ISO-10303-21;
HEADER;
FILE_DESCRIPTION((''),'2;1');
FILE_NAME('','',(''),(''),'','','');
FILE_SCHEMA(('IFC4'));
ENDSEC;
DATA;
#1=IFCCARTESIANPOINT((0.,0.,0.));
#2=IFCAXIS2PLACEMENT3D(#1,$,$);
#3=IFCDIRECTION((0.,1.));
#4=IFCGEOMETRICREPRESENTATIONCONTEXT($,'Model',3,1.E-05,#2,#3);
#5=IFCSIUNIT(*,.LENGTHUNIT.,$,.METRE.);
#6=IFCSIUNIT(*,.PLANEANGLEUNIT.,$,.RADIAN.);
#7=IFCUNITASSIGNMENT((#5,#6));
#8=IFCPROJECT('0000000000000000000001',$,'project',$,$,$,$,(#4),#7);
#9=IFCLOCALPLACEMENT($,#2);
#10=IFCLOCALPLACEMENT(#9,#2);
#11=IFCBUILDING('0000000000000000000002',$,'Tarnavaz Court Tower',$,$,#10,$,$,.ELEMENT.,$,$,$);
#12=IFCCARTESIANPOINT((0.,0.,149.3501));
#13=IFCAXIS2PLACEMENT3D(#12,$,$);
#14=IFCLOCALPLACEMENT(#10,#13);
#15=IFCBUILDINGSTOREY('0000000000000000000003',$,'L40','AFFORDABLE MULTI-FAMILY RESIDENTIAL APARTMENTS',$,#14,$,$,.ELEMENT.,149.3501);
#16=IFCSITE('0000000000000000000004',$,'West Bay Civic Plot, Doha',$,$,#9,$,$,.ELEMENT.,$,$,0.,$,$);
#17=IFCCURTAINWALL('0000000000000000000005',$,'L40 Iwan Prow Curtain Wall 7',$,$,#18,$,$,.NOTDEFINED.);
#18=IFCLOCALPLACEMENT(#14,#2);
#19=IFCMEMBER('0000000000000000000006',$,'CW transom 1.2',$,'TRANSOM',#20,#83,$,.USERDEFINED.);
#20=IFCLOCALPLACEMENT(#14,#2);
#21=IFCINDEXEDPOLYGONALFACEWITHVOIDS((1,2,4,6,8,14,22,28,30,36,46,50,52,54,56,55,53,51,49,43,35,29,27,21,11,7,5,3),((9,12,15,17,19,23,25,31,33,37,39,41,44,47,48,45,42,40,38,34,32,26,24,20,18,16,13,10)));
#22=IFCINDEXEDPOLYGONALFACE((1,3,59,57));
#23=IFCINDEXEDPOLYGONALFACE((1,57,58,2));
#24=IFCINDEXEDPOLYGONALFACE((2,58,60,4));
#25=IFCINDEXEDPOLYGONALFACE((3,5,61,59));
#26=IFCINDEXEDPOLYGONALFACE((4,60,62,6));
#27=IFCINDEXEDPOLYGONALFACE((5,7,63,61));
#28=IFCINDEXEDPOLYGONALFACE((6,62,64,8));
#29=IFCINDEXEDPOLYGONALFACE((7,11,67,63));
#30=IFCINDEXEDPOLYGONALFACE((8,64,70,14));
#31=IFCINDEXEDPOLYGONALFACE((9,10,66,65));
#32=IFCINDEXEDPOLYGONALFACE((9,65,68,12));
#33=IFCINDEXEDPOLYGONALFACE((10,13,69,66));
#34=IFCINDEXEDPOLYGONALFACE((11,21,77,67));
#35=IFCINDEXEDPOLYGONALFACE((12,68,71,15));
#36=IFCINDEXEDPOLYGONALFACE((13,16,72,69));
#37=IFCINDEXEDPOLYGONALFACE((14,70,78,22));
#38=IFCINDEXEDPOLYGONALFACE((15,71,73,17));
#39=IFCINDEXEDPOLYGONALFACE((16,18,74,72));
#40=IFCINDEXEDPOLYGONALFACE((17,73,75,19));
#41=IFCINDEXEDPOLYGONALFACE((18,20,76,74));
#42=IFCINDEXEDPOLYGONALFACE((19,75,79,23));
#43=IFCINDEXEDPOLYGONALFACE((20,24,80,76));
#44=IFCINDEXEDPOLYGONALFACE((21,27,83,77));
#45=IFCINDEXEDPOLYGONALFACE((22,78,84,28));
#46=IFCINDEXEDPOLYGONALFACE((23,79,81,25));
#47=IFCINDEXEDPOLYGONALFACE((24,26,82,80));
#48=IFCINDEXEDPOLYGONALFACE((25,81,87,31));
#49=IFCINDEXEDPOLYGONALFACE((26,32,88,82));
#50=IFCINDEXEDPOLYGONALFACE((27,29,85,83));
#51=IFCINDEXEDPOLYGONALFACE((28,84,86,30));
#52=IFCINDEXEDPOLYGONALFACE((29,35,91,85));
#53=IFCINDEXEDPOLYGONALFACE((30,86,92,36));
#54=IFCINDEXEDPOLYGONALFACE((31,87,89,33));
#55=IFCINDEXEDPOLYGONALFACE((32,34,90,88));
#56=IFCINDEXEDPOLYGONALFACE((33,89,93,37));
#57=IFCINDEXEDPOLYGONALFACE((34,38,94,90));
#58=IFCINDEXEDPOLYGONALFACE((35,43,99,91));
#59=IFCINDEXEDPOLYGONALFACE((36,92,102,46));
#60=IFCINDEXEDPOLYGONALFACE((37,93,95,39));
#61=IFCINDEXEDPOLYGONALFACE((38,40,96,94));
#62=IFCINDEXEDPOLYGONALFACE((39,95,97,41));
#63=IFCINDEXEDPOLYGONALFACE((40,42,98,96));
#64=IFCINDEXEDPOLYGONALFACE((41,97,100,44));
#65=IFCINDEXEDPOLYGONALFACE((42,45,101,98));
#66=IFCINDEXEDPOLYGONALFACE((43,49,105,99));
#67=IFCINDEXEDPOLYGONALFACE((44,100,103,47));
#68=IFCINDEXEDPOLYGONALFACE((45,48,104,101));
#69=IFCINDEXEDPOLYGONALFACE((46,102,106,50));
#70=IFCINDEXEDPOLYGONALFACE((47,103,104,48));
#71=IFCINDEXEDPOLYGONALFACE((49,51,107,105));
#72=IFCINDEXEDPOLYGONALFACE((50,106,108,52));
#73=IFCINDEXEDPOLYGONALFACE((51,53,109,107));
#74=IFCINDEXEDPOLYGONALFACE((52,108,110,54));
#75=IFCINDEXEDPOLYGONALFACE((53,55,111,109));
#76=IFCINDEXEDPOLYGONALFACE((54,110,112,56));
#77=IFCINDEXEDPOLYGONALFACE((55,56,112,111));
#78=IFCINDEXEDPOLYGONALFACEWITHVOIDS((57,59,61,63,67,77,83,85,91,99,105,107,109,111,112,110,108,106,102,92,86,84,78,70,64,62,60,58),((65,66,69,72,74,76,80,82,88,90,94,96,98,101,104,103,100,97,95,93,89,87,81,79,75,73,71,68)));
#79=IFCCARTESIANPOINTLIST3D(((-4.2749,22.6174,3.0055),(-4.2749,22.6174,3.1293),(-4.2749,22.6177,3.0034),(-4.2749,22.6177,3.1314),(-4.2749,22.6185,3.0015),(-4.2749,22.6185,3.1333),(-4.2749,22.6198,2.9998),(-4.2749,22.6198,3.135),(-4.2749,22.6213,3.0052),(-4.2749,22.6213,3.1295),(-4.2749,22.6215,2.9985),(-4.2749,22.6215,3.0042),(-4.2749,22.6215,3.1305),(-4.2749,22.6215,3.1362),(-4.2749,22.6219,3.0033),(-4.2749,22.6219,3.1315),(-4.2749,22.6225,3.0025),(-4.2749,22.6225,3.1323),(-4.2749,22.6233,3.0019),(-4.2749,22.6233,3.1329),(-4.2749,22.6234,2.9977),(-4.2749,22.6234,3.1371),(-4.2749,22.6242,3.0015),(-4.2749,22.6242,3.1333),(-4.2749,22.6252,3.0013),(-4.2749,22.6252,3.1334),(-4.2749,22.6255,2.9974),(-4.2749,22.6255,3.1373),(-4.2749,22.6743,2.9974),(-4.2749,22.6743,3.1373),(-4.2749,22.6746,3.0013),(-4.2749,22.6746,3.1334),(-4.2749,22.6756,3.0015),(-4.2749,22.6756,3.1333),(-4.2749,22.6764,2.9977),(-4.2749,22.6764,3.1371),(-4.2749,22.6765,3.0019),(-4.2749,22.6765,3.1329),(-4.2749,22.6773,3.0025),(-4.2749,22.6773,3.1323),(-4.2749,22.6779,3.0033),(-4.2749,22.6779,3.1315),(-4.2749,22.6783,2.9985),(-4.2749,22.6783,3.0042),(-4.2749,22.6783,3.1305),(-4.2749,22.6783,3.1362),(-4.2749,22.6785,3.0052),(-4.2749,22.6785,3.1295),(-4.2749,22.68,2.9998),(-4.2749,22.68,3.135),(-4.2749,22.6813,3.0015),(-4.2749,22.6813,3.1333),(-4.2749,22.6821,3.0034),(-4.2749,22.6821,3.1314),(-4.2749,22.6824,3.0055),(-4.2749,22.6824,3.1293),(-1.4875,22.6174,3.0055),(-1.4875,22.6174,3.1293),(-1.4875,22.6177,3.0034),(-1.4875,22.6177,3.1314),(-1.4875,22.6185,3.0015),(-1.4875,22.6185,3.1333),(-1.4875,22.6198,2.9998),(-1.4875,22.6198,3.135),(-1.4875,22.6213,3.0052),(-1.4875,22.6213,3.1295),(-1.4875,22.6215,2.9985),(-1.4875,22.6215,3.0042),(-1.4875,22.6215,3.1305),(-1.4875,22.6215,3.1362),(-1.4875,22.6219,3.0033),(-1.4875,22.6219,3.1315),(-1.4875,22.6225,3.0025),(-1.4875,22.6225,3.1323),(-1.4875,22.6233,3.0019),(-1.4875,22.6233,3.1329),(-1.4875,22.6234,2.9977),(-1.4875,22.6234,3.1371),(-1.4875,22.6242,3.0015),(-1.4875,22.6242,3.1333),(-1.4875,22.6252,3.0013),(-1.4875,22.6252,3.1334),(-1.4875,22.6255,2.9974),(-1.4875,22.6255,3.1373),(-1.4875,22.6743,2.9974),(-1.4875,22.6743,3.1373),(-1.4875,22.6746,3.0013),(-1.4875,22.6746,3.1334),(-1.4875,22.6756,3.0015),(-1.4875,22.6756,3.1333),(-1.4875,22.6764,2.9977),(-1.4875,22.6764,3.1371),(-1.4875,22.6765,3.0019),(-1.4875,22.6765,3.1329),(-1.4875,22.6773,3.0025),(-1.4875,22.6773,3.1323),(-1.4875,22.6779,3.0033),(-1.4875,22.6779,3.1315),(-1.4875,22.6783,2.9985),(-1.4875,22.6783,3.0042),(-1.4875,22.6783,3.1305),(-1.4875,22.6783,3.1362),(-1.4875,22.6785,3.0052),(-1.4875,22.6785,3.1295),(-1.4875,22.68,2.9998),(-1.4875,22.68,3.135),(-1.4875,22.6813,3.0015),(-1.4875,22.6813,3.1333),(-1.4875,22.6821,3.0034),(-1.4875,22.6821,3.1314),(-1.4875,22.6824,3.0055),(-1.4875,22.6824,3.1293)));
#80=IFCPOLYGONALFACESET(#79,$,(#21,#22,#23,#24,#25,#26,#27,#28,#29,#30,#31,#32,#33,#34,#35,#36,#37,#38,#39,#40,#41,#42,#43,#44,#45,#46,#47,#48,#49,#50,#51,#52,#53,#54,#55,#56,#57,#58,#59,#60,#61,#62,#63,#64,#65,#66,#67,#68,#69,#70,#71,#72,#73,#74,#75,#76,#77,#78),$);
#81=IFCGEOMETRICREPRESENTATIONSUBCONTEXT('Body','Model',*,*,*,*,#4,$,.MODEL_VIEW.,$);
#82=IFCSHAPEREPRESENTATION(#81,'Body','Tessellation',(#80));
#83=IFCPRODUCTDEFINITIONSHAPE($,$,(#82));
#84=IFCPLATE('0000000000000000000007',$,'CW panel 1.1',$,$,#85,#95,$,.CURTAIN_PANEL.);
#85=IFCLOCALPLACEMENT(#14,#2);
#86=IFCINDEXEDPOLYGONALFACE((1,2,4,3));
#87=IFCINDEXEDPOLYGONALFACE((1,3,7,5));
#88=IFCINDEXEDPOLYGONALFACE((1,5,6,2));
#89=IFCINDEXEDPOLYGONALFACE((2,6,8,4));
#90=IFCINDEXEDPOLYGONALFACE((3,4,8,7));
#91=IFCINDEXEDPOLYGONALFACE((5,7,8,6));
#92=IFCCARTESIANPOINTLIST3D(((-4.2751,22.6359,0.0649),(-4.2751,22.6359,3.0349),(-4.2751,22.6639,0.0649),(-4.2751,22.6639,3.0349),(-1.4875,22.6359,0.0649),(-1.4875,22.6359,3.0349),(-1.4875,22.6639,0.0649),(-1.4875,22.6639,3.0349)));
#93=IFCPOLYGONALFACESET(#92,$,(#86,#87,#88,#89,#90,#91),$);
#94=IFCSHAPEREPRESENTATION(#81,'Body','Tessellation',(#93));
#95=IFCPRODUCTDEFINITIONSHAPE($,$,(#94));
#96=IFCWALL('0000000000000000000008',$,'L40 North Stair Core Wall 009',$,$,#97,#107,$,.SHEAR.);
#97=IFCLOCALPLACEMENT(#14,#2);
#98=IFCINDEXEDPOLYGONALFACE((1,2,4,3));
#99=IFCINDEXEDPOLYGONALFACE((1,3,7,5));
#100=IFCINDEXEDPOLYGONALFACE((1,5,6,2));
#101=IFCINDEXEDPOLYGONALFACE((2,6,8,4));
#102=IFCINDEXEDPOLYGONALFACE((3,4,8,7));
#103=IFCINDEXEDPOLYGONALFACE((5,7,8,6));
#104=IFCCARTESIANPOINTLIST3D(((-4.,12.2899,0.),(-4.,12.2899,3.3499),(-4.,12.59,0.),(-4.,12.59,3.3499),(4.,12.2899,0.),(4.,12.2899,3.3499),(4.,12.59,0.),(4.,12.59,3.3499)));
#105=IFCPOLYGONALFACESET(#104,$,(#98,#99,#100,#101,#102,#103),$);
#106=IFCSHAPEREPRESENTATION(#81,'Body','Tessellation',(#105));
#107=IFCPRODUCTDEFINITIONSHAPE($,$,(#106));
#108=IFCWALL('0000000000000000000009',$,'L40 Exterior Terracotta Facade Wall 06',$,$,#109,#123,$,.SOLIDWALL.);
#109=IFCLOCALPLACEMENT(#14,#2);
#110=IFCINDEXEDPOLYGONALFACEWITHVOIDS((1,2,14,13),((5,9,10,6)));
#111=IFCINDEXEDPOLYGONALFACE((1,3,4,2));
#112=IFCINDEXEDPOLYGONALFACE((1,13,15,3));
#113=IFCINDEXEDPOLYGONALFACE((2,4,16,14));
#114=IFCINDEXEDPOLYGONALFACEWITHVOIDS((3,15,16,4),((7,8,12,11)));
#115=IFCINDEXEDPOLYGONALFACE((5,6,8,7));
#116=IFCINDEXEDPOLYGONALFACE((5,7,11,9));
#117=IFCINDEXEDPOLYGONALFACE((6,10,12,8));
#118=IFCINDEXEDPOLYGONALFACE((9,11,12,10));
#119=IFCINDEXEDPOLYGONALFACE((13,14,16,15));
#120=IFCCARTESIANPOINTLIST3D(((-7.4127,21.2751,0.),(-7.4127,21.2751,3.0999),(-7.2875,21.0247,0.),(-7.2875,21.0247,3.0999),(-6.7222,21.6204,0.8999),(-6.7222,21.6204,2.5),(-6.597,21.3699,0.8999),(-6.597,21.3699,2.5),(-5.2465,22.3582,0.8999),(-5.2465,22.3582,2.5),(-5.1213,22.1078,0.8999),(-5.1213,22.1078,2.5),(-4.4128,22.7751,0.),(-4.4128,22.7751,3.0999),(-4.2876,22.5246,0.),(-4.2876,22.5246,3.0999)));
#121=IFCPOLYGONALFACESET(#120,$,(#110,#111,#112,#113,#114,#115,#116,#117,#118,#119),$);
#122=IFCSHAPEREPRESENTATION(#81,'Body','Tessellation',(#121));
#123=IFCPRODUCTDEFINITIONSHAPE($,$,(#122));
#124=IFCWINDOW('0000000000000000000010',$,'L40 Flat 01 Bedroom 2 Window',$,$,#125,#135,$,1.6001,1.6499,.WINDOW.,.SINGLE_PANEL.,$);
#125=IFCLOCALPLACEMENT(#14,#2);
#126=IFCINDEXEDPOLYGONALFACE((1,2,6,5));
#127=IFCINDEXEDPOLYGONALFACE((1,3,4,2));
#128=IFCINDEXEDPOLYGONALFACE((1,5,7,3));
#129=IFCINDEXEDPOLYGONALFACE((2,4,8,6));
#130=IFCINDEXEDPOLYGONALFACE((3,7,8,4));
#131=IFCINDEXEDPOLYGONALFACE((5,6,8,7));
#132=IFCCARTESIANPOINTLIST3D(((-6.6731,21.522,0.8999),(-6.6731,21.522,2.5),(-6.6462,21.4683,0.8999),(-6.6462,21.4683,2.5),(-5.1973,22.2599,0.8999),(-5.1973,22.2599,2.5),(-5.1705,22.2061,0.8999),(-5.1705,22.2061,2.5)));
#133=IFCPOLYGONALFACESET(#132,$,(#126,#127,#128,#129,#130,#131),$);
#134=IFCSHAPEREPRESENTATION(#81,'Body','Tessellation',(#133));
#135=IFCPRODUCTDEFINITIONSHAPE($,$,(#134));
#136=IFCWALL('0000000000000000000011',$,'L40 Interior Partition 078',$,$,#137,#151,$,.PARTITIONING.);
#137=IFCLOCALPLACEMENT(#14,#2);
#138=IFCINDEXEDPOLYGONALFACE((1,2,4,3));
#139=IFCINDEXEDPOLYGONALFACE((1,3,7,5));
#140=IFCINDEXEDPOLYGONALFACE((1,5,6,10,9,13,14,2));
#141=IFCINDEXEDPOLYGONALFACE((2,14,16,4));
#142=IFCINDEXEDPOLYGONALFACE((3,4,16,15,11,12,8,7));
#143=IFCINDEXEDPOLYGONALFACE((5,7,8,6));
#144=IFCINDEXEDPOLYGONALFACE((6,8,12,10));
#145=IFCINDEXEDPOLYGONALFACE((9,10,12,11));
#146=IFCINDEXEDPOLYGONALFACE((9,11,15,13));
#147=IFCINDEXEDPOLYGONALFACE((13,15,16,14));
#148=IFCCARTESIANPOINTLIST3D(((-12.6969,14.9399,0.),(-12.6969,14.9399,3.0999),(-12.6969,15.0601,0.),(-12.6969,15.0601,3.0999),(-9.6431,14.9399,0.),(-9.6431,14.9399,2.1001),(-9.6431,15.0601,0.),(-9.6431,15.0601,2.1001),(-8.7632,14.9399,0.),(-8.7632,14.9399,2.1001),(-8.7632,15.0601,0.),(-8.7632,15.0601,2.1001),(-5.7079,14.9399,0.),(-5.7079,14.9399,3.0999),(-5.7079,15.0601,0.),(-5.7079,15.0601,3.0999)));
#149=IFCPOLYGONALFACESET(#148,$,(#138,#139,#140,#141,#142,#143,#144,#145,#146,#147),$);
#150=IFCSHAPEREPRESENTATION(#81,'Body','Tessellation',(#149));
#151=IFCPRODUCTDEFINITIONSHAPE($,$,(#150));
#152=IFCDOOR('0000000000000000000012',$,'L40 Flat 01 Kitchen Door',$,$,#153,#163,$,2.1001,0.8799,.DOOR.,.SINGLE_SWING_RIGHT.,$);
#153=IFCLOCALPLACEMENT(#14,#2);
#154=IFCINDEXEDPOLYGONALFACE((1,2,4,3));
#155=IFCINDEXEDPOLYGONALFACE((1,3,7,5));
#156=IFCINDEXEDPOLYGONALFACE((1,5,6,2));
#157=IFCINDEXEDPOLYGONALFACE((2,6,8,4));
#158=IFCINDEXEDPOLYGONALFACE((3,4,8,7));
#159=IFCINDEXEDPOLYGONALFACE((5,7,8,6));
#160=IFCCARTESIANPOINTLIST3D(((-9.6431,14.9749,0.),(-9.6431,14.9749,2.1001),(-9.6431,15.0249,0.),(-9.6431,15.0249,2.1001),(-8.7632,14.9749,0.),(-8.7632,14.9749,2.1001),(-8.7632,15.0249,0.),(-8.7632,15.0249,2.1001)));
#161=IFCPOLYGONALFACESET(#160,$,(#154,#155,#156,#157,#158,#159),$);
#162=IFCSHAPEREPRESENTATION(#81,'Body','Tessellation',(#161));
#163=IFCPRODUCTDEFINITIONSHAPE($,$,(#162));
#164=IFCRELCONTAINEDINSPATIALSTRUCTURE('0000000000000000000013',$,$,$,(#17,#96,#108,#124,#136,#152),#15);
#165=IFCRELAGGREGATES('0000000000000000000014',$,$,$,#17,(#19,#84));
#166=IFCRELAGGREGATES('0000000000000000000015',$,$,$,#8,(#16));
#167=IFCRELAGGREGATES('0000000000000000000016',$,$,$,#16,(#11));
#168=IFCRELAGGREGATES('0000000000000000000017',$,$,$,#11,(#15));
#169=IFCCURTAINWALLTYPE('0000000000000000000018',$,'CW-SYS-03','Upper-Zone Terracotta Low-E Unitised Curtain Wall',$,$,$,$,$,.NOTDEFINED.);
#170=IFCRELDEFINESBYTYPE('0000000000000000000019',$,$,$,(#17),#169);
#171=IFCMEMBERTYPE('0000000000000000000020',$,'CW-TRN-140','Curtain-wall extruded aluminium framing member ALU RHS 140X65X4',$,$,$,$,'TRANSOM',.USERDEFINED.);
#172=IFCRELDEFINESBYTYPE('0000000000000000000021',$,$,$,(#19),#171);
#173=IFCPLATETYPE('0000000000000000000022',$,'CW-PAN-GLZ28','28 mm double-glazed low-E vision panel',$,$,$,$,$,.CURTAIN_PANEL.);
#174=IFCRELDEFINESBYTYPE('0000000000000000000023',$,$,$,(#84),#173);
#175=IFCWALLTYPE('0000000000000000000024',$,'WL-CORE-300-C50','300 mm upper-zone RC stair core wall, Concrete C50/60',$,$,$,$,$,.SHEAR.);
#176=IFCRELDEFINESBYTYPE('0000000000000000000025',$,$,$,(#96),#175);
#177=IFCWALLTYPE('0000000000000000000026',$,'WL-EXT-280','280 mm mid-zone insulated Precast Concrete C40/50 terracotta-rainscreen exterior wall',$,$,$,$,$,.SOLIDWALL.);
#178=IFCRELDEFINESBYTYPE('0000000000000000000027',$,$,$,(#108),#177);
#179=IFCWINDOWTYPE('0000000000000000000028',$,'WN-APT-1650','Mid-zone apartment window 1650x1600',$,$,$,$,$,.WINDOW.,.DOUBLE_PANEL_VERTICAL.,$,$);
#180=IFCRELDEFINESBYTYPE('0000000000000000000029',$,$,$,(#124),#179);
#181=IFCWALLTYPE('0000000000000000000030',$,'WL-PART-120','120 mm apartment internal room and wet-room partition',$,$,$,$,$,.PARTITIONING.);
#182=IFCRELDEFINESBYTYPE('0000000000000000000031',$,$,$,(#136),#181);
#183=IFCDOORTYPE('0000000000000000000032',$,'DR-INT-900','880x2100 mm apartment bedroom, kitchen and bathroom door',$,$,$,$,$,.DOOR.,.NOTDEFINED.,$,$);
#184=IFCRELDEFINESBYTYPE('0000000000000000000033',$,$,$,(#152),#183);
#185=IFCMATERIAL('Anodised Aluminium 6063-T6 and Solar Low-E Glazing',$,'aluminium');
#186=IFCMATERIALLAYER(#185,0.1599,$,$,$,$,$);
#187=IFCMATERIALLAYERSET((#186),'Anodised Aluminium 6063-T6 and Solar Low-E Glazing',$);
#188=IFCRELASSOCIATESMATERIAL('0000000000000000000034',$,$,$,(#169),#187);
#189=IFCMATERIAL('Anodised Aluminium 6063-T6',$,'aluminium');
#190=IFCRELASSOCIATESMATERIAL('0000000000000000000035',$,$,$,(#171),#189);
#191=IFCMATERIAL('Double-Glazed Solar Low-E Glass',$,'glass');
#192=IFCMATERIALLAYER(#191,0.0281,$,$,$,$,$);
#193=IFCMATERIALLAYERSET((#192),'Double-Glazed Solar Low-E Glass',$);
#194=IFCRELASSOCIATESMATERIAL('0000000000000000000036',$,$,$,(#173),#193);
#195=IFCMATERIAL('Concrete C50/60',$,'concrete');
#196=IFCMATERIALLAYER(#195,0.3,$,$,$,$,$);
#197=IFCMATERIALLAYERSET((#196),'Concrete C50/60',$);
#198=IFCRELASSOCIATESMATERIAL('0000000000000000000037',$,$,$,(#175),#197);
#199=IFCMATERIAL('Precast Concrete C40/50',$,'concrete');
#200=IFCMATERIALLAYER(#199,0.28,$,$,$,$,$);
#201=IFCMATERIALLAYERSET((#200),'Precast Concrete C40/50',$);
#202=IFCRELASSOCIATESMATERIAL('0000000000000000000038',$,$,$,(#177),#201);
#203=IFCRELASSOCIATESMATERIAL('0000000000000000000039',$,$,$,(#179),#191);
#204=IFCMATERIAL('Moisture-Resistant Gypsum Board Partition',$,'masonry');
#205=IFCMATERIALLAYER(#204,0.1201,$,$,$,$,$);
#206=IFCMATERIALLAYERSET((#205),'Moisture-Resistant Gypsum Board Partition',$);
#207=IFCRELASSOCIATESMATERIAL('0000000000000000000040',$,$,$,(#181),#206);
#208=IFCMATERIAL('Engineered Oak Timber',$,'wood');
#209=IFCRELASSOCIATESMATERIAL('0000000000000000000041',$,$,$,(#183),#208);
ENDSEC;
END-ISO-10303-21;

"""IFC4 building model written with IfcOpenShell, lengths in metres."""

from ifc_helpers import new_model, si_unit, direction, frame, frame_2d, origin, origin_2d, place, context, subcontext, project, spatial, rectangle, hollow_rectangle, extrude, material, layer, layer_set, material_profile, profile_set, type_object, element, fill, aggregate, save


model = new_model("IFC4")

# Units and contexts
model_context = context("Model", 3, precision=1e-05, world=origin(), true_north=direction((0.0, 1.0)))
body_context = subcontext(model_context, "Body", "Model", "MODEL_VIEW")
ifc_project = project(units=[si_unit("LENGTHUNIT", "METRE"), si_unit("PLANEANGLEUNIT", "RADIAN")], contexts=[model_context])

# Site, building, storey
site_placement = place(None, origin())
site = spatial("IfcSite", under=ifc_project, at=site_placement, Name="West Bay Civic Plot, Doha", CompositionType="ELEMENT", RefElevation=0.0)
building_placement = place(site_placement, origin())
building = spatial("IfcBuilding", under=site, at=building_placement, Name="Tarnavaz Court Tower", CompositionType="ELEMENT")
storey_placement = place(building_placement, frame((0.0, 0.0, 149.3501)))
storey = spatial("IfcBuildingStorey", under=building, at=storey_placement, Name="L40", Description="AFFORDABLE MULTI-FAMILY RESIDENTIAL APARTMENTS", CompositionType="ELEMENT", Elevation=149.3501)

# Shared definitions
ifc_material_1 = material(Name="Concrete C50/60", Category="concrete")

# Curtain wall, member, plate
ifc_material_2 = material(Name="Anodised Aluminium 6063-T6 and Solar Low-E Glazing", Category="aluminium")
ifc_layer_1 = layer(ifc_material_2, 0.1599)
ifc_layer_set_1 = layer_set([ifc_layer_1], Name="Anodised Aluminium 6063-T6 and Solar Low-E Glazing")
curtain_wall_type = type_object("IfcCurtainWallType", Name="CW-SYS-03", Description="Upper-Zone Terracotta Low-E Unitised Curtain Wall", PredefinedType="NOTDEFINED", material=ifc_layer_set_1)
curtain_wall_placement = place(storey_placement, origin())
curtain_wall = element("IfcCurtainWall", 1, at=curtain_wall_placement, inside=storey, type_object=curtain_wall_type, Name="L40 Iwan Prow Curtain Wall 7", PredefinedType="NOTDEFINED")
ifc_material_3 = material(Name="Anodised Aluminium 6063-T6", Category="aluminium")
ifc_material_profile_1 = material_profile(ifc_material_3, hollow_rectangle(XDim=0.0649, YDim=0.1399, WallThickness=0.0039, InnerFilletRadius=0.0039, OuterFilletRadius=0.0081, at=origin_2d()), Name="ALU RHS 140X65X4")
ifc_profile_set_1 = profile_set([ifc_material_profile_1], Name="Anodised Aluminium 6063-T6")
member_type_1 = type_object("IfcMemberType", Name="CW-TRN-140", Description="Curtain-wall extruded aluminium framing member ALU RHS 140X65X4", ElementType="TRANSOM", PredefinedType="USERDEFINED", material=ifc_profile_set_1)
member_1_placement = place(storey_placement, frame((-4.2749, 22.6499, 3.0674), z_axis=(1.0, 0.0, 0.0), x_axis=(0.0, 1.0, 0.0)))
member_1 = element("IfcMember", 2, at=member_1_placement, type_object=member_type_1, Name="CW transom 1.2", ObjectType="TRANSOM", PredefinedType="USERDEFINED", context=body_context, shape_type="SweptSolid", body=[
    extrude(hollow_rectangle(XDim=0.0649, YDim=0.1399, WallThickness=0.0039, InnerFilletRadius=0.0039, OuterFilletRadius=0.0081, at=origin_2d()), origin(), (0.0, 0.0, 1.0), 2.7874),
])
ifc_material_4 = material(Name="Double-Glazed Solar Low-E Glass", Category="glass")
ifc_layer_2 = layer(ifc_material_4, 0.0281)
ifc_layer_set_2 = layer_set([ifc_layer_2], Name="Double-Glazed Solar Low-E Glass")
plate_type = type_object("IfcPlateType", Name="CW-PAN-GLZ28", Description="28 mm double-glazed low-E vision panel", PredefinedType="CURTAIN_PANEL", material=ifc_layer_set_2)
plate_placement = place(storey_placement, frame((-2.8813, 22.6499, 0.0649), z_axis=(0.0, 0.0, 1.0), x_axis=(1.0, 0.0, 0.0)))
plate = element("IfcPlate", 3, at=plate_placement, type_object=plate_type, Name="CW panel 1.1", PredefinedType="CURTAIN_PANEL", context=body_context, shape_type="SweptSolid", body=[
    extrude(rectangle(XDim=2.7876, YDim=0.0281, at=origin_2d()), origin(), (0.0, 0.0, 1.0), 2.97),
])
aggregate(curtain_wall, [member_1, plate])

# Wall
ifc_layer_3 = layer(ifc_material_1, 0.3)
ifc_layer_set_3 = layer_set([ifc_layer_3], Name="Concrete C50/60")
wall_type_1 = type_object("IfcWallType", Name="WL-CORE-300-C50", Description="300 mm upper-zone RC stair core wall, Concrete C50/60", PredefinedType="SHEAR", material=ifc_layer_set_3)
wall_1_placement = place(storey_placement, frame((-4.0, 12.4399, 0.0), z_axis=(0.0, 0.0, 1.0), x_axis=(1.0, 0.0, 0.0)))
element("IfcWall", 4, at=wall_1_placement, inside=storey, type_object=wall_type_1, Name="L40 North Stair Core Wall 009", PredefinedType="SHEAR", context=body_context, shape_type="SweptSolid", body=[
    extrude(rectangle(XDim=8.0, YDim=0.3, at=frame_2d((4.0, 0.0))), origin(), (0.0, 0.0, 1.0), 3.3499),
])

# Wall, opening, window
ifc_material_5 = material(Name="Precast Concrete C40/50", Category="concrete")
ifc_layer_4 = layer(ifc_material_5, 0.28)
ifc_layer_set_4 = layer_set([ifc_layer_4], Name="Precast Concrete C40/50")
wall_type_2 = type_object("IfcWallType", Name="WL-EXT-280", Description="280 mm mid-zone insulated Precast Concrete C40/50 terracotta-rainscreen exterior wall", PredefinedType="SOLIDWALL", material=ifc_layer_set_4)
wall_2_placement = place(storey_placement, frame((-7.3501, 21.1499, 0.0), z_axis=(0.0, 0.0, 1.0), x_axis=(0.894427, 0.447214, 0.0)))
wall_2 = element("IfcWall", 5, at=wall_2_placement, inside=storey, type_object=wall_type_2, Name="L40 Exterior Terracotta Facade Wall 06", PredefinedType="SOLIDWALL", context=body_context, shape_type="SweptSolid", body=[
    extrude(rectangle(XDim=3.354, YDim=0.28, at=frame_2d((1.677, 0.0))), origin(), (0.0, 0.0, 1.0), 3.0999),
])
opening_1_placement = place(wall_2_placement, frame((0.772, 0.0, 0.8999)))
opening_1 = element("IfcOpeningElement", 6, at=opening_1_placement, cuts=wall_2, PredefinedType="OPENING", context=body_context, shape_type="SweptSolid", body=[
    extrude(rectangle(XDim=1.6499, YDim=1.6001, at=frame_2d((0.825, 0.8))), frame((0.0, 0.1499, 0.0), z_axis=(0.0, -1.0, 0.0), x_axis=(1.0, 0.0, 0.0)), (0.0, 0.0, 1.0), 0.3),
])
window_type = type_object("IfcWindowType", Name="WN-APT-1650", Description="Mid-zone apartment window 1650x1600", PartitioningType="DOUBLE_PANEL_VERTICAL", PredefinedType="WINDOW", material=ifc_material_4)
window_placement = place(opening_1_placement, origin())
window = element("IfcWindow", 7, at=window_placement, inside=storey, type_object=window_type, Name="L40 Flat 01 Bedroom 2 Window", OverallHeight=1.6001, OverallWidth=1.6499, PartitioningType="SINGLE_PANEL", PredefinedType="WINDOW", context=body_context, shape_type="SweptSolid", body=[
    extrude(rectangle(XDim=1.6499, YDim=1.6001, at=frame_2d((0.825, 0.8))), frame((0.0, 0.03, 0.0), z_axis=(0.0, -1.0, 0.0), x_axis=(1.0, 0.0, 0.0)), (0.0, 0.0, 1.0), 0.0601),
])
fill(opening_1, window)

# Wall, opening, door
ifc_material_6 = material(Name="Moisture-Resistant Gypsum Board Partition", Category="masonry")
ifc_layer_5 = layer(ifc_material_6, 0.1201)
ifc_layer_set_5 = layer_set([ifc_layer_5], Name="Moisture-Resistant Gypsum Board Partition")
wall_type_3 = type_object("IfcWallType", Name="WL-PART-120", Description="120 mm apartment internal room and wet-room partition", PredefinedType="PARTITIONING", material=ifc_layer_set_5)
wall_3_placement = place(storey_placement, frame((-12.697, 15.0, 0.0), z_axis=(0.0, 0.0, 1.0), x_axis=(1.0, 0.0, 0.0)))
wall_3 = element("IfcWall", 8, at=wall_3_placement, inside=storey, type_object=wall_type_3, Name="L40 Interior Partition 078", PredefinedType="PARTITIONING", context=body_context, shape_type="SweptSolid", body=[
    extrude(rectangle(XDim=6.989, YDim=0.1201, at=frame_2d((3.4946, 0.0))), origin(), (0.0, 0.0, 1.0), 3.0999),
])
opening_2_placement = place(wall_3_placement, frame((3.054, 0.0, 0.0)))
opening_2 = element("IfcOpeningElement", 9, at=opening_2_placement, cuts=wall_3, PredefinedType="OPENING", context=body_context, shape_type="SweptSolid", body=[
    extrude(rectangle(XDim=0.8799, YDim=2.1001, at=frame_2d((0.4399, 1.05))), frame((0.0, 0.0701, 0.0), z_axis=(0.0, -1.0, 0.0), x_axis=(1.0, 0.0, 0.0)), (0.0, 0.0, 1.0), 0.1401),
])
ifc_material_7 = material(Name="Engineered Oak Timber", Category="wood")
door_type = type_object("IfcDoorType", Name="DR-INT-900", Description="880x2100 mm apartment bedroom, kitchen and bathroom door", OperationType="NOTDEFINED", PredefinedType="DOOR", material=ifc_material_7)
door_1_placement = place(opening_2_placement, origin())
door_1 = element("IfcDoor", 10, at=door_1_placement, inside=storey, type_object=door_type, Name="L40 Flat 01 Kitchen Door", OperationType="SINGLE_SWING_RIGHT", OverallHeight=2.1001, OverallWidth=0.8799, PredefinedType="DOOR", context=body_context, shape_type="SweptSolid", body=[
    extrude(rectangle(XDim=0.8799, YDim=2.1001, at=frame_2d((0.4399, 1.05))), frame((0.0, 0.0249, 0.0), z_axis=(0.0, -1.0, 0.0), x_axis=(1.0, 0.0, 0.0)), (0.0, 0.0, 1.0), 0.05),
])
fill(opening_2, door_1)

save(model, "model.ifc")
